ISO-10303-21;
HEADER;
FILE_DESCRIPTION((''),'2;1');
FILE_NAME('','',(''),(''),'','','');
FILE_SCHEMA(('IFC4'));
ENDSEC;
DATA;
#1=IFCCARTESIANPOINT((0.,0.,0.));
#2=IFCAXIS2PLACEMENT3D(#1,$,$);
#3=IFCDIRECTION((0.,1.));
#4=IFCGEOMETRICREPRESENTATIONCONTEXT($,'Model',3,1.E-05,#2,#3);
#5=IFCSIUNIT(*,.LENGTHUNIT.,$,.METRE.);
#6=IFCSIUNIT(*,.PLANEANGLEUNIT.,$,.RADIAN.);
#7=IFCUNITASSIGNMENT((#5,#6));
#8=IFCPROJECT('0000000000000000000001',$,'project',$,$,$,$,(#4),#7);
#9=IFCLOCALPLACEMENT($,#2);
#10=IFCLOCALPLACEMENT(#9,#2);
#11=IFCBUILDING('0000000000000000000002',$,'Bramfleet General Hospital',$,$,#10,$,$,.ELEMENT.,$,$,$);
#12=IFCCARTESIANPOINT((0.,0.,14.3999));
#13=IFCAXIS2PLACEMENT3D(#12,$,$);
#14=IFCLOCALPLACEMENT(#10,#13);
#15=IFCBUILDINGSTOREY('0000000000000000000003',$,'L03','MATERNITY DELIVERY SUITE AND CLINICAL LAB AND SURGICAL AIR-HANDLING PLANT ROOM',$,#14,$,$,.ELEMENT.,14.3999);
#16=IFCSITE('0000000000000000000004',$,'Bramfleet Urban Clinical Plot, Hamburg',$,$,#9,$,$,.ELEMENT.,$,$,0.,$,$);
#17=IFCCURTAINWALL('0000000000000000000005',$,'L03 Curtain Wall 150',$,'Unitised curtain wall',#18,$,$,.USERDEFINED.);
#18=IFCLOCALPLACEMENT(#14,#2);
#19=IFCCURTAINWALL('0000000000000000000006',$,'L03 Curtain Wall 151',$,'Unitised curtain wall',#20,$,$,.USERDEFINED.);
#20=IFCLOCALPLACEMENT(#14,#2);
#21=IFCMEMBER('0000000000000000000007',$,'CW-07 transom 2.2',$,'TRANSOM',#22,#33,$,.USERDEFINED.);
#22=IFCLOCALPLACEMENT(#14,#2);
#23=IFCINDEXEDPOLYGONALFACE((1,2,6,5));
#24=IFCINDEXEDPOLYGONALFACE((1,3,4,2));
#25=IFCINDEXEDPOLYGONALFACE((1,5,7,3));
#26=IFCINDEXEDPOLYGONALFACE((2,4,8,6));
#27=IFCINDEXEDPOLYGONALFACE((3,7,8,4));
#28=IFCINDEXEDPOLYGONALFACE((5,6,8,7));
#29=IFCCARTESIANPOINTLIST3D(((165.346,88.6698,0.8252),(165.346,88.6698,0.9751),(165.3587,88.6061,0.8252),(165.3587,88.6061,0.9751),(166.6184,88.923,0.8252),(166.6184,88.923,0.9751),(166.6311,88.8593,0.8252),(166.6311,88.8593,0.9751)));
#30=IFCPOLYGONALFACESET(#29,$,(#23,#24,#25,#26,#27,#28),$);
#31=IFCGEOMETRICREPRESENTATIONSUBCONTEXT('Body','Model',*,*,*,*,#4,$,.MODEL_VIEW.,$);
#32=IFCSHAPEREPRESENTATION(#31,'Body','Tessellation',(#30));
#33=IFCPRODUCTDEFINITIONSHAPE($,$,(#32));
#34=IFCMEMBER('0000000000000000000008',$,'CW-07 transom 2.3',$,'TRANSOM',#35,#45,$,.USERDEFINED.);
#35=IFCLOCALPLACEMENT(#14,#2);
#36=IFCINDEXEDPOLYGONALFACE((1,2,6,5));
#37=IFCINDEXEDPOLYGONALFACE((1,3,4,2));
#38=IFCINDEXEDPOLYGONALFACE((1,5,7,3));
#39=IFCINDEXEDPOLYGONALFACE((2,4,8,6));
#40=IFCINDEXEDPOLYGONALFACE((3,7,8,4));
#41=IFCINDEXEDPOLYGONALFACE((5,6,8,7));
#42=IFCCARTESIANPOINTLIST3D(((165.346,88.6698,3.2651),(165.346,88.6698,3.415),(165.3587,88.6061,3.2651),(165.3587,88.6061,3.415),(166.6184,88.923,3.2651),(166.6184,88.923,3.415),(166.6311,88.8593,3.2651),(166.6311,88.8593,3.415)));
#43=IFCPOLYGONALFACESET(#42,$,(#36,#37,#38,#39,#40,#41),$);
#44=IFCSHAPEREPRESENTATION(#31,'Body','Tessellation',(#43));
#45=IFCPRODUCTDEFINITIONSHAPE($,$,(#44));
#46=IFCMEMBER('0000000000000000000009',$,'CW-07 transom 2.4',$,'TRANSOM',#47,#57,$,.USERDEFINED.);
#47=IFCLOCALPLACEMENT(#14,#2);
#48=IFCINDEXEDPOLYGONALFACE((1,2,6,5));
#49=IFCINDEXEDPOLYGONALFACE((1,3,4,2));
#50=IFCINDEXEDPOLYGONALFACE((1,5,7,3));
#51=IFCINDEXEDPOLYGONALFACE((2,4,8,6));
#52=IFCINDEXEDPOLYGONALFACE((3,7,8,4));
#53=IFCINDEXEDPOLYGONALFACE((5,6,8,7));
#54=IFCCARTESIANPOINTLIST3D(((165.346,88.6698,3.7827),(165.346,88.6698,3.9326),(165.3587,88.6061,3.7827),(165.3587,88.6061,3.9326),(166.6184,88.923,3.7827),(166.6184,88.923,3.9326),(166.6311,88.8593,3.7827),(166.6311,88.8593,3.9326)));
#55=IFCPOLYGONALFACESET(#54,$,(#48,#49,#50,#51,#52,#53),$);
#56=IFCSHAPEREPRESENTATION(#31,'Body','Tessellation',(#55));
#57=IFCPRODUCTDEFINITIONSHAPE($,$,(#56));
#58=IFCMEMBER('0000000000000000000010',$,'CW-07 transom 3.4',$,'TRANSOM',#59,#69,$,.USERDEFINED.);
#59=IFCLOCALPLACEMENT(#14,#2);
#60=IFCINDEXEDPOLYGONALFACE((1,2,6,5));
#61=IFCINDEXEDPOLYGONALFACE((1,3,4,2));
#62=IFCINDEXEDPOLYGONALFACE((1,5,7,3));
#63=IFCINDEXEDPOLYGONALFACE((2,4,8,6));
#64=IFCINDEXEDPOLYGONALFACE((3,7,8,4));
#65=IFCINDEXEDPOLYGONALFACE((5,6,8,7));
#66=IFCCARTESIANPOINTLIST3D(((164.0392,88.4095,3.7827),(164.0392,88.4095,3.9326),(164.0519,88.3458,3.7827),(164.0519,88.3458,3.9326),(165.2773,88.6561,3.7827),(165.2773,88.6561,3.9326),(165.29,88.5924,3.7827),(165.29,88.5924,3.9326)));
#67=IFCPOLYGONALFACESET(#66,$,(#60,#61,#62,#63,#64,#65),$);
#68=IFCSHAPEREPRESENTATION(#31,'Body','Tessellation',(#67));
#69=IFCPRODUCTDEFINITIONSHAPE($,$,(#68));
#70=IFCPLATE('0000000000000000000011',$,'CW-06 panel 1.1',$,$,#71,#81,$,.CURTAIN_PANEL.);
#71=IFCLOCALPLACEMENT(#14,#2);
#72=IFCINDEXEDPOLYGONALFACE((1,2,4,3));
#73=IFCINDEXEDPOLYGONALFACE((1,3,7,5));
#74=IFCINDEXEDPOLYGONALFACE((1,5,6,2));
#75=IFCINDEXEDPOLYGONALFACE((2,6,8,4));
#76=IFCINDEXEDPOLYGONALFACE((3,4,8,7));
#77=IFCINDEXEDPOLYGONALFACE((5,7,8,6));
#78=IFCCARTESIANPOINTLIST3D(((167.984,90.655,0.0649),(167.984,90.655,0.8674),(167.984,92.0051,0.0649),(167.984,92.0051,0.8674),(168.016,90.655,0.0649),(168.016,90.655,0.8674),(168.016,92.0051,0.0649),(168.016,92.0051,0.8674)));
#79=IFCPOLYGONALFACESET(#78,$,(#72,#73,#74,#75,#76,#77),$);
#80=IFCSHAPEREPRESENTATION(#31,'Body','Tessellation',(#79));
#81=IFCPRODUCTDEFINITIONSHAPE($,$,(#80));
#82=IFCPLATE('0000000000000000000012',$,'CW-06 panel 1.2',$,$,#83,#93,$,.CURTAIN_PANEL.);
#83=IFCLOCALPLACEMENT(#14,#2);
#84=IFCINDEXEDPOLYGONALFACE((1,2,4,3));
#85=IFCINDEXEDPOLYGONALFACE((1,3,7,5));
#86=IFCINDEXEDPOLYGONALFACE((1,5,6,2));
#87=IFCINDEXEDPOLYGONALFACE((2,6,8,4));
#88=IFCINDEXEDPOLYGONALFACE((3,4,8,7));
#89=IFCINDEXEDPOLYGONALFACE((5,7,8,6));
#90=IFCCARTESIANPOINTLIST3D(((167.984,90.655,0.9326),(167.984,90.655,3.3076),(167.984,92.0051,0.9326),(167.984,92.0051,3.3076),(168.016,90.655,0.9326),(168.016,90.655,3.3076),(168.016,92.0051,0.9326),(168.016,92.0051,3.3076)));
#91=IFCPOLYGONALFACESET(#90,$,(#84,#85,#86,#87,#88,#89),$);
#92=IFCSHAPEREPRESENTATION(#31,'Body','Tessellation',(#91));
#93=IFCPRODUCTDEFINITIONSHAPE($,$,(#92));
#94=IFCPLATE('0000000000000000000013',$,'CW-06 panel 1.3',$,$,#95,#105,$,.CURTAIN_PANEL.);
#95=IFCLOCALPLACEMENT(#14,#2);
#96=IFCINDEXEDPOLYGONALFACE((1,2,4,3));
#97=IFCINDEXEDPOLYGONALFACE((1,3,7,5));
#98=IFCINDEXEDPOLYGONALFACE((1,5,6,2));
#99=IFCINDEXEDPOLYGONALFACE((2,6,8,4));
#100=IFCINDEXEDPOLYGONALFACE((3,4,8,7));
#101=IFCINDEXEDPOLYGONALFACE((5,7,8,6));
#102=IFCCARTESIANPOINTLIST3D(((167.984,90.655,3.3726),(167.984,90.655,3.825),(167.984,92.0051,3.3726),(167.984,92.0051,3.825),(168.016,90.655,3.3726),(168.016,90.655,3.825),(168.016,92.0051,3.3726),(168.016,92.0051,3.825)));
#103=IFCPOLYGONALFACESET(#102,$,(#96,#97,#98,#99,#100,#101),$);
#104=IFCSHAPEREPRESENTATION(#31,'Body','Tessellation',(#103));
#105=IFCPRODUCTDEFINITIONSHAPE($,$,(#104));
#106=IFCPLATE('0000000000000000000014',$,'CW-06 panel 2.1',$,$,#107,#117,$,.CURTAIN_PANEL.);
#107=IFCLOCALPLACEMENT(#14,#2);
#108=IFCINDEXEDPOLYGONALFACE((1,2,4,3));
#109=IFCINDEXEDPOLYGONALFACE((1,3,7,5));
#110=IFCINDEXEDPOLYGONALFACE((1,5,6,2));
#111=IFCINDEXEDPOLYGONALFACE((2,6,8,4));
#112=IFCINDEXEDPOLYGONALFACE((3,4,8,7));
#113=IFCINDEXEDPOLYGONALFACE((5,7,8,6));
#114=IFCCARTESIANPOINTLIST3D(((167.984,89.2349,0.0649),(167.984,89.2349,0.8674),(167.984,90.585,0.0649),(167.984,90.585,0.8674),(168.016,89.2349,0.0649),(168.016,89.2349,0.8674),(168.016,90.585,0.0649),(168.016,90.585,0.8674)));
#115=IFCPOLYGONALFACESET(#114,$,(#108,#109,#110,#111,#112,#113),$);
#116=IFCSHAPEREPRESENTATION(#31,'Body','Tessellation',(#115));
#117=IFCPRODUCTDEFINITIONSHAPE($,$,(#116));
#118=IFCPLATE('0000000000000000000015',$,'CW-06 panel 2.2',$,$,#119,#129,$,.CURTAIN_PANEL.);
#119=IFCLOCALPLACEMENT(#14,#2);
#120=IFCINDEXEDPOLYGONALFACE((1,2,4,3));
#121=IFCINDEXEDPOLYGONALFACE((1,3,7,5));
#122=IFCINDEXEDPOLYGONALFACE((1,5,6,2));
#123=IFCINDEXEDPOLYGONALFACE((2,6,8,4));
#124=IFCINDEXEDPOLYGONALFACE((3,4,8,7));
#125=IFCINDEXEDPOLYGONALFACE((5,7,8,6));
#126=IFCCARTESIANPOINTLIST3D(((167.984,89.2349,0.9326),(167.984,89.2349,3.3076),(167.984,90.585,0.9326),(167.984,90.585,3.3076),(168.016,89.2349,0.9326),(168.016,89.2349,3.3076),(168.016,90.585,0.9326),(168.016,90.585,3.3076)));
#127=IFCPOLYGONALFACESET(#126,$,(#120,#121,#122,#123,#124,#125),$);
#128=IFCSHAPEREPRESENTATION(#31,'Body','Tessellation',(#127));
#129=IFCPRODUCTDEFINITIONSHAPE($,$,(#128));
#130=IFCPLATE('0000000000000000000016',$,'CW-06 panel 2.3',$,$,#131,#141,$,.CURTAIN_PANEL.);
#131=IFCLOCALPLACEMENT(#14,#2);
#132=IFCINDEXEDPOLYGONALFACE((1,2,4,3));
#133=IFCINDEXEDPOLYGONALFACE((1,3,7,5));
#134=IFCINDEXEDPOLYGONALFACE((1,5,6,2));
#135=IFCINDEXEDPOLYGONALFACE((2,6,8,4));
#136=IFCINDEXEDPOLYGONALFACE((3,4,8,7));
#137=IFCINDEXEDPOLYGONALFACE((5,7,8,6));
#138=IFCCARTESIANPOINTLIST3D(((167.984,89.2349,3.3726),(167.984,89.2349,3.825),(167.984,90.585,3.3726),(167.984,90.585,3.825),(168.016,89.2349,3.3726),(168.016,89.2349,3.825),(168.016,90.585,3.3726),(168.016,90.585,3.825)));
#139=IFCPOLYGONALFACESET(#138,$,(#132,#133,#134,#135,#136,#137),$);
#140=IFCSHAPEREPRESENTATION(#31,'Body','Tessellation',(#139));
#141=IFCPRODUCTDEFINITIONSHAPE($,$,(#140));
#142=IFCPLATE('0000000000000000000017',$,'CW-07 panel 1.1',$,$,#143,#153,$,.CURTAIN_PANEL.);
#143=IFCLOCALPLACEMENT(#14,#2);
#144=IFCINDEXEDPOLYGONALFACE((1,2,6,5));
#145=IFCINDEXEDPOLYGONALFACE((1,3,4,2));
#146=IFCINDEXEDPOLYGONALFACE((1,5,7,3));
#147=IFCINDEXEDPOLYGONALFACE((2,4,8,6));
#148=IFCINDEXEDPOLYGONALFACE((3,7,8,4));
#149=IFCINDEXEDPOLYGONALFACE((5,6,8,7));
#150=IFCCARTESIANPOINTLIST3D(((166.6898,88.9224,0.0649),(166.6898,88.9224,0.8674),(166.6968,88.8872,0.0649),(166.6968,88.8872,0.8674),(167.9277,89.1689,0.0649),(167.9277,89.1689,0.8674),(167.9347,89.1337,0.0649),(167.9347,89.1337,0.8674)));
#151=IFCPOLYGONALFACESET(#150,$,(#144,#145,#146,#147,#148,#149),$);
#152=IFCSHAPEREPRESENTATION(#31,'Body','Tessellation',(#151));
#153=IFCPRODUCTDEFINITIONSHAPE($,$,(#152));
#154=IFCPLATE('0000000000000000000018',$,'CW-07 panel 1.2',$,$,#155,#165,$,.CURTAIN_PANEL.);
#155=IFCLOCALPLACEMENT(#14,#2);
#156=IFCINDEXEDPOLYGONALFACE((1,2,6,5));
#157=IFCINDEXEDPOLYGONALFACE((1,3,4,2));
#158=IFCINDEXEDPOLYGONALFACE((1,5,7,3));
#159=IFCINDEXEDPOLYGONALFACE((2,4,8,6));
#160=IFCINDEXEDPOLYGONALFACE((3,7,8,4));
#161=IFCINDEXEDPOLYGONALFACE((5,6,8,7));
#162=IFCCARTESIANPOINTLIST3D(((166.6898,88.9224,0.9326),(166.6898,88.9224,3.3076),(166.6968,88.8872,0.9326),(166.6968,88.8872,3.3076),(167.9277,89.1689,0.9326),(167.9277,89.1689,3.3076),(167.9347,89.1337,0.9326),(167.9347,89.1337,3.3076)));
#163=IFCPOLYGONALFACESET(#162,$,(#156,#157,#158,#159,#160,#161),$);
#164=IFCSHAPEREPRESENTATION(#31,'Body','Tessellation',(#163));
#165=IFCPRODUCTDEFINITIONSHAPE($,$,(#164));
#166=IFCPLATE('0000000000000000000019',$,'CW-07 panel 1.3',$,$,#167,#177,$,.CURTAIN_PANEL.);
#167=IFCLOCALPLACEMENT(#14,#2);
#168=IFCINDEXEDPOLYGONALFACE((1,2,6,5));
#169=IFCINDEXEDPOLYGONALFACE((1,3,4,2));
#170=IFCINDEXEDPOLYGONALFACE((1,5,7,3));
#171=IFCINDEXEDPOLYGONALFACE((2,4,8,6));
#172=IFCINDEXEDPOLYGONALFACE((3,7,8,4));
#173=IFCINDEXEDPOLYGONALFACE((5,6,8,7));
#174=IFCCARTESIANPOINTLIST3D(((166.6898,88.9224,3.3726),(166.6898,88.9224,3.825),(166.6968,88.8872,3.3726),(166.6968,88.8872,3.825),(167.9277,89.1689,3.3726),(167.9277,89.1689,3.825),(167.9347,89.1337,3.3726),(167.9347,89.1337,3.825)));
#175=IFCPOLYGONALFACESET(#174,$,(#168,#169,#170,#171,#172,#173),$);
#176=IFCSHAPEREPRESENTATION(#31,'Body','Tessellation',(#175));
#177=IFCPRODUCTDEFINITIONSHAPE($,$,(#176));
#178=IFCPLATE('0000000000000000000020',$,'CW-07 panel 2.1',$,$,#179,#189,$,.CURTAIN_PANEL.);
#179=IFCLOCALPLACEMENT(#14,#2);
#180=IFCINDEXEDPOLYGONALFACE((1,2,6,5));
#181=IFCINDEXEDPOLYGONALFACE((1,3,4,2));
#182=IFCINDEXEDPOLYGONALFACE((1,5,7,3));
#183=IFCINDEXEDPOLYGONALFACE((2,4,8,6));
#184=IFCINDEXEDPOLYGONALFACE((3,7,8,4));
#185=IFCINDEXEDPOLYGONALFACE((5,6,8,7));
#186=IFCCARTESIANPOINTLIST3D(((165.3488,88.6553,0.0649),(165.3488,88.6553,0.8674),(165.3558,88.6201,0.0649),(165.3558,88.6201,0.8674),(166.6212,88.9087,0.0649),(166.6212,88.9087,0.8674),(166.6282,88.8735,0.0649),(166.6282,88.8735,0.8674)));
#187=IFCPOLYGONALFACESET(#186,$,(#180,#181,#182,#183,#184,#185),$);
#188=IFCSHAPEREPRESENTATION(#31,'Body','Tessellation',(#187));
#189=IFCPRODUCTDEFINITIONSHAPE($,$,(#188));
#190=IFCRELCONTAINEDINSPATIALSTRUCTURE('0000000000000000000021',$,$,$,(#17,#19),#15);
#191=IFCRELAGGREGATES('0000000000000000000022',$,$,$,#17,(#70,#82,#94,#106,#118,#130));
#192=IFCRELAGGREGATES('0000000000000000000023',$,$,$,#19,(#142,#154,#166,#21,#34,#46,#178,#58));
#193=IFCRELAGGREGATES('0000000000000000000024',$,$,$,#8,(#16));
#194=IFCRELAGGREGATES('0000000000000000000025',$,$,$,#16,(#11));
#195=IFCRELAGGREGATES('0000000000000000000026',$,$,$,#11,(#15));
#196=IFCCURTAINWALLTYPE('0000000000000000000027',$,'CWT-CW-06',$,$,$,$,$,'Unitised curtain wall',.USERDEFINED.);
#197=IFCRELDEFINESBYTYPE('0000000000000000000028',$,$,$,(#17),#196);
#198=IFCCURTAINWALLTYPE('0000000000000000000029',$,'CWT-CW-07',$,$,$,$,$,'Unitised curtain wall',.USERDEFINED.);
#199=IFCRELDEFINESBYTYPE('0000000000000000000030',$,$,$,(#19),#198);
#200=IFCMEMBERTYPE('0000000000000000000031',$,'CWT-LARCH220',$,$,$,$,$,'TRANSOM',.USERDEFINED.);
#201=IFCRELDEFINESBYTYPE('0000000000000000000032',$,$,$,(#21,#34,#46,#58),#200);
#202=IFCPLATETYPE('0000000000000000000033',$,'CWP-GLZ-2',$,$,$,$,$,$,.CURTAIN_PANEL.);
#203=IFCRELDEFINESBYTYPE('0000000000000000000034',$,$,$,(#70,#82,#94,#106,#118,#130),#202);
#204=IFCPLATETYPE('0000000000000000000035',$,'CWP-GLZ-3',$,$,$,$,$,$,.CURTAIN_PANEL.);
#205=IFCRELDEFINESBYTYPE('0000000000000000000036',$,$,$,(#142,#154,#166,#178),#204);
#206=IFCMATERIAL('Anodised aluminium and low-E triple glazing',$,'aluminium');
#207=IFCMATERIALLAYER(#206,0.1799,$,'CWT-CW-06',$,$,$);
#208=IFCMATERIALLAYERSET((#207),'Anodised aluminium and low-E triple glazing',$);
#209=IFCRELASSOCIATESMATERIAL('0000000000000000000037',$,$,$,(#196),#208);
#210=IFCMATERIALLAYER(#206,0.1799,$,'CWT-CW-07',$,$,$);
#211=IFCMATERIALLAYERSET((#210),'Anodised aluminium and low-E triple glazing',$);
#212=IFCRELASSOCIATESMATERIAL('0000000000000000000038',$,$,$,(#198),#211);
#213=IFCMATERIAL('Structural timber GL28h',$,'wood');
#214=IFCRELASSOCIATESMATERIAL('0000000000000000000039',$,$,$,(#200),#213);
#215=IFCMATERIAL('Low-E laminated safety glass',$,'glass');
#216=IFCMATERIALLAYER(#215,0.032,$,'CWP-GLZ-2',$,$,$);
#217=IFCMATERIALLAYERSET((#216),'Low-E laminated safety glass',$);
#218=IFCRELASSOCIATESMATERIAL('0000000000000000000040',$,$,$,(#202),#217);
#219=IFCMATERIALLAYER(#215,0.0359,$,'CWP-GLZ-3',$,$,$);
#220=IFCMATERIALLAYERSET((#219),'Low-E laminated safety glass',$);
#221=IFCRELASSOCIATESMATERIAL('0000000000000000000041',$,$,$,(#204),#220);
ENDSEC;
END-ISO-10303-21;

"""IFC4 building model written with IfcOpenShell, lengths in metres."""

from ifc_helpers import new_model, si_unit, direction, frame, origin, origin_2d, place, context, subcontext, project, spatial, rectangle, extrude, material, layer, layer_set, material_profile, profile_set, type_object, element, aggregate, save


model = new_model("IFC4")

# Units and contexts
model_context = context("Model", 3, precision=1e-05, world=origin(), true_north=direction((0.0, 1.0)))
body_context = subcontext(model_context, "Body", "Model", "MODEL_VIEW")
ifc_project = project(units=[si_unit("LENGTHUNIT", "METRE"), si_unit("PLANEANGLEUNIT", "RADIAN")], contexts=[model_context])

# Site, building, storey
site_placement = place(None, origin())
site = spatial("IfcSite", under=ifc_project, at=site_placement, Name="Bramfleet Urban Clinical Plot, Hamburg", CompositionType="ELEMENT", RefElevation=0.0)
building_placement = place(site_placement, origin())
building = spatial("IfcBuilding", under=site, at=building_placement, Name="Bramfleet General Hospital", CompositionType="ELEMENT")
storey_placement = place(building_placement, frame((0.0, 0.0, 14.3999)))
storey = spatial("IfcBuildingStorey", under=building, at=storey_placement, Name="L03", Description="MATERNITY DELIVERY SUITE AND CLINICAL LAB AND SURGICAL AIR-HANDLING PLANT ROOM", CompositionType="ELEMENT", Elevation=14.3999)

# Curtain walls
ifc_material_1 = material(Name="Anodised aluminium and low-E triple glazing", Category="aluminium")
ifc_layer_1 = layer(ifc_material_1, 0.1799, Name="CWT-CW-06")
ifc_layer_set_1 = layer_set([ifc_layer_1], Name="Anodised aluminium and low-E triple glazing")
curtain_wall_type_1 = type_object("IfcCurtainWallType", Name="CWT-CW-06", ElementType="Unitised curtain wall", PredefinedType="USERDEFINED", material=ifc_layer_set_1)
curtain_wall_1_placement = place(storey_placement, origin())
curtain_wall_1 = element("IfcCurtainWall", 1, at=curtain_wall_1_placement, inside=storey, type_object=curtain_wall_type_1, Name="L03 Curtain Wall 150", ObjectType="Unitised curtain wall", PredefinedType="USERDEFINED")
ifc_material_2 = material(Name="Structural timber GL28h", Category="wood")
ifc_layer_2 = layer(ifc_material_1, 0.1799, Name="CWT-CW-07")
ifc_layer_set_2 = layer_set([ifc_layer_2], Name="Anodised aluminium and low-E triple glazing")
curtain_wall_type_2 = type_object("IfcCurtainWallType", Name="CWT-CW-07", ElementType="Unitised curtain wall", PredefinedType="USERDEFINED", material=ifc_layer_set_2)
curtain_wall_2_placement = place(storey_placement, origin())
curtain_wall_2 = element("IfcCurtainWall", 2, at=curtain_wall_2_placement, inside=storey, type_object=curtain_wall_type_2, Name="L03 Curtain Wall 151", ObjectType="Unitised curtain wall", PredefinedType="USERDEFINED")

# Members
ifc_material_profile_1 = material_profile(ifc_material_2, rectangle(XDim=0.0649, YDim=0.1499, at=origin_2d()), Name="LARCH 150x65")
ifc_profile_set_1 = profile_set([ifc_material_profile_1], Name="Structural timber GL28h")
member_type_1 = type_object("IfcMemberType", Name="CWT-LARCH220", ElementType="TRANSOM", PredefinedType="USERDEFINED", material=ifc_profile_set_1)
member_1_placement = place(storey_placement, frame((166.6248, 88.8911, 0.9001), z_axis=(-0.980776, -0.195139, 0.0), x_axis=(0.195139, -0.980776, 0.0)))
member_1 = element("IfcMember", 3, at=member_1_placement, type_object=member_type_1, Name="CW-07 transom 2.2", ObjectType="TRANSOM", PredefinedType="USERDEFINED", context=body_context, shape_type="SweptSolid", body=[
    extrude(rectangle(XDim=0.0649, YDim=0.1499, at=origin_2d()), origin(), (0.0, 0.0, 1.0), 1.2974),
])
member_2_placement = place(storey_placement, frame((166.6248, 88.8911, 3.3401), z_axis=(-0.980776, -0.195139, 0.0), x_axis=(0.195139, -0.980776, 0.0)))
member_2 = element("IfcMember", 4, at=member_2_placement, type_object=member_type_1, Name="CW-07 transom 2.3", ObjectType="TRANSOM", PredefinedType="USERDEFINED", context=body_context, shape_type="SweptSolid", body=[
    extrude(rectangle(XDim=0.0649, YDim=0.1499, at=origin_2d()), origin(), (0.0, 0.0, 1.0), 1.2974),
])
member_3_placement = place(storey_placement, frame((166.6248, 88.8911, 3.8577), z_axis=(-0.980776, -0.195139, 0.0), x_axis=(0.195139, -0.980776, 0.0)))
member_3 = element("IfcMember", 5, at=member_3_placement, type_object=member_type_1, Name="CW-07 transom 2.4", ObjectType="TRANSOM", PredefinedType="USERDEFINED", context=body_context, shape_type="SweptSolid", body=[
    extrude(rectangle(XDim=0.0649, YDim=0.1499, at=origin_2d()), origin(), (0.0, 0.0, 1.0), 1.2974),
])
member_4_placement = place(storey_placement, frame((165.2837, 88.6243, 3.8577), z_axis=(-0.980737, -0.195335, 0.0), x_axis=(0.195335, -0.980737, 0.0)))
member_4 = element("IfcMember", 6, at=member_4_placement, type_object=member_type_1, Name="CW-07 transom 3.4", ObjectType="TRANSOM", PredefinedType="USERDEFINED", context=body_context, shape_type="SweptSolid", body=[
    extrude(rectangle(XDim=0.0649, YDim=0.1499, at=origin_2d()), origin(), (0.0, 0.0, 1.0), 1.2625),
])

# Plates
ifc_material_3 = material(Name="Low-E laminated safety glass", Category="glass")
ifc_layer_3 = layer(ifc_material_3, 0.032, Name="CWP-GLZ-2")
ifc_layer_set_3 = layer_set([ifc_layer_3], Name="Low-E laminated safety glass")
plate_type_1 = type_object("IfcPlateType", Name="CWP-GLZ-2", PredefinedType="CURTAIN_PANEL", material=ifc_layer_set_3)
plate_1_placement = place(storey_placement, frame((168.0, 91.3301, 0.0649), z_axis=(0.0, 0.0, 1.0), x_axis=(0.0, -1.0, 0.0)))
plate_1 = element("IfcPlate", 7, at=plate_1_placement, type_object=plate_type_1, Name="CW-06 panel 1.1", PredefinedType="CURTAIN_PANEL", context=body_context, shape_type="SweptSolid", body=[
    extrude(rectangle(XDim=1.3501, YDim=0.032, at=origin_2d()), origin(), (0.0, 0.0, 1.0), 0.8025),
])
plate_2_placement = place(storey_placement, frame((168.0, 91.3301, 0.9326), z_axis=(0.0, 0.0, 1.0), x_axis=(0.0, -1.0, 0.0)))
plate_2 = element("IfcPlate", 8, at=plate_2_placement, type_object=plate_type_1, Name="CW-06 panel 1.2", PredefinedType="CURTAIN_PANEL", context=body_context, shape_type="SweptSolid", body=[
    extrude(rectangle(XDim=1.3501, YDim=0.032, at=origin_2d()), origin(), (0.0, 0.0, 1.0), 2.375),
])
plate_3_placement = place(storey_placement, frame((168.0, 91.3301, 3.3726), z_axis=(0.0, 0.0, 1.0), x_axis=(0.0, -1.0, 0.0)))
plate_3 = element("IfcPlate", 9, at=plate_3_placement, type_object=plate_type_1, Name="CW-06 panel 1.3", PredefinedType="CURTAIN_PANEL", context=body_context, shape_type="SweptSolid", body=[
    extrude(rectangle(XDim=1.3501, YDim=0.032, at=origin_2d()), origin(), (0.0, 0.0, 1.0), 0.4524),
])
plate_4_placement = place(storey_placement, frame((168.0, 89.9099, 0.0649), z_axis=(0.0, 0.0, 1.0), x_axis=(0.0, -1.0, 0.0)))
plate_4 = element("IfcPlate", 10, at=plate_4_placement, type_object=plate_type_1, Name="CW-06 panel 2.1", PredefinedType="CURTAIN_PANEL", context=body_context, shape_type="SweptSolid", body=[
    extrude(rectangle(XDim=1.3501, YDim=0.032, at=origin_2d()), origin(), (0.0, 0.0, 1.0), 0.8025),
])
plate_5_placement = place(storey_placement, frame((168.0, 89.9099, 0.9326), z_axis=(0.0, 0.0, 1.0), x_axis=(0.0, -1.0, 0.0)))
plate_5 = element("IfcPlate", 11, at=plate_5_placement, type_object=plate_type_1, Name="CW-06 panel 2.2", PredefinedType="CURTAIN_PANEL", context=body_context, shape_type="SweptSolid", body=[
    extrude(rectangle(XDim=1.3501, YDim=0.032, at=origin_2d()), origin(), (0.0, 0.0, 1.0), 2.375),
])
plate_6_placement = place(storey_placement, frame((168.0, 89.9099, 3.3726), z_axis=(0.0, 0.0, 1.0), x_axis=(0.0, -1.0, 0.0)))
plate_6 = element("IfcPlate", 12, at=plate_6_placement, type_object=plate_type_1, Name="CW-06 panel 2.3", PredefinedType="CURTAIN_PANEL", context=body_context, shape_type="SweptSolid", body=[
    extrude(rectangle(XDim=1.3501, YDim=0.032, at=origin_2d()), origin(), (0.0, 0.0, 1.0), 0.4524),
])
aggregate(curtain_wall_1, [plate_1, plate_2, plate_3, plate_4, plate_5, plate_6])
ifc_layer_4 = layer(ifc_material_3, 0.0359, Name="CWP-GLZ-3")
ifc_layer_set_4 = layer_set([ifc_layer_4], Name="Low-E laminated safety glass")
plate_type_2 = type_object("IfcPlateType", Name="CWP-GLZ-3", PredefinedType="CURTAIN_PANEL", material=ifc_layer_set_4)
plate_7_placement = place(storey_placement, frame((167.3123, 89.0281, 0.0649), z_axis=(0.0, 0.0, 1.0), x_axis=(-0.980749, -0.195272, 0.0)))
plate_7 = element("IfcPlate", 13, at=plate_7_placement, type_object=plate_type_2, Name="CW-07 panel 1.1", PredefinedType="CURTAIN_PANEL", context=body_context, shape_type="SweptSolid", body=[
    extrude(rectangle(XDim=1.2622, YDim=0.0359, at=origin_2d()), origin(), (0.0, 0.0, 1.0), 0.8025),
])
plate_8_placement = place(storey_placement, frame((167.3123, 89.0281, 0.9326), z_axis=(0.0, 0.0, 1.0), x_axis=(-0.980749, -0.195272, 0.0)))
plate_8 = element("IfcPlate", 14, at=plate_8_placement, type_object=plate_type_2, Name="CW-07 panel 1.2", PredefinedType="CURTAIN_PANEL", context=body_context, shape_type="SweptSolid", body=[
    extrude(rectangle(XDim=1.2622, YDim=0.0359, at=origin_2d()), origin(), (0.0, 0.0, 1.0), 2.375),
])
plate_9_placement = place(storey_placement, frame((167.3123, 89.0281, 3.3726), z_axis=(0.0, 0.0, 1.0), x_axis=(-0.980749, -0.195272, 0.0)))
plate_9 = element("IfcPlate", 15, at=plate_9_placement, type_object=plate_type_2, Name="CW-07 panel 1.3", PredefinedType="CURTAIN_PANEL", context=body_context, shape_type="SweptSolid", body=[
    extrude(rectangle(XDim=1.2622, YDim=0.0359, at=origin_2d()), origin(), (0.0, 0.0, 1.0), 0.4524),
])
plate_10_placement = place(storey_placement, frame((165.9885, 88.7644, 0.0649), z_axis=(0.0, 0.0, 1.0), x_axis=(-0.980749, -0.195272, 0.0)))
plate_10 = element("IfcPlate", 16, at=plate_10_placement, type_object=plate_type_2, Name="CW-07 panel 2.1", PredefinedType="CURTAIN_PANEL", context=body_context, shape_type="SweptSolid", body=[
    extrude(rectangle(XDim=1.2974, YDim=0.0359, at=origin_2d()), origin(), (0.0, 0.0, 1.0), 0.8025),
])
aggregate(curtain_wall_2, [plate_7, plate_8, plate_9, member_1, member_2, member_3, plate_10, member_4])

save(model, "model.ifc")
